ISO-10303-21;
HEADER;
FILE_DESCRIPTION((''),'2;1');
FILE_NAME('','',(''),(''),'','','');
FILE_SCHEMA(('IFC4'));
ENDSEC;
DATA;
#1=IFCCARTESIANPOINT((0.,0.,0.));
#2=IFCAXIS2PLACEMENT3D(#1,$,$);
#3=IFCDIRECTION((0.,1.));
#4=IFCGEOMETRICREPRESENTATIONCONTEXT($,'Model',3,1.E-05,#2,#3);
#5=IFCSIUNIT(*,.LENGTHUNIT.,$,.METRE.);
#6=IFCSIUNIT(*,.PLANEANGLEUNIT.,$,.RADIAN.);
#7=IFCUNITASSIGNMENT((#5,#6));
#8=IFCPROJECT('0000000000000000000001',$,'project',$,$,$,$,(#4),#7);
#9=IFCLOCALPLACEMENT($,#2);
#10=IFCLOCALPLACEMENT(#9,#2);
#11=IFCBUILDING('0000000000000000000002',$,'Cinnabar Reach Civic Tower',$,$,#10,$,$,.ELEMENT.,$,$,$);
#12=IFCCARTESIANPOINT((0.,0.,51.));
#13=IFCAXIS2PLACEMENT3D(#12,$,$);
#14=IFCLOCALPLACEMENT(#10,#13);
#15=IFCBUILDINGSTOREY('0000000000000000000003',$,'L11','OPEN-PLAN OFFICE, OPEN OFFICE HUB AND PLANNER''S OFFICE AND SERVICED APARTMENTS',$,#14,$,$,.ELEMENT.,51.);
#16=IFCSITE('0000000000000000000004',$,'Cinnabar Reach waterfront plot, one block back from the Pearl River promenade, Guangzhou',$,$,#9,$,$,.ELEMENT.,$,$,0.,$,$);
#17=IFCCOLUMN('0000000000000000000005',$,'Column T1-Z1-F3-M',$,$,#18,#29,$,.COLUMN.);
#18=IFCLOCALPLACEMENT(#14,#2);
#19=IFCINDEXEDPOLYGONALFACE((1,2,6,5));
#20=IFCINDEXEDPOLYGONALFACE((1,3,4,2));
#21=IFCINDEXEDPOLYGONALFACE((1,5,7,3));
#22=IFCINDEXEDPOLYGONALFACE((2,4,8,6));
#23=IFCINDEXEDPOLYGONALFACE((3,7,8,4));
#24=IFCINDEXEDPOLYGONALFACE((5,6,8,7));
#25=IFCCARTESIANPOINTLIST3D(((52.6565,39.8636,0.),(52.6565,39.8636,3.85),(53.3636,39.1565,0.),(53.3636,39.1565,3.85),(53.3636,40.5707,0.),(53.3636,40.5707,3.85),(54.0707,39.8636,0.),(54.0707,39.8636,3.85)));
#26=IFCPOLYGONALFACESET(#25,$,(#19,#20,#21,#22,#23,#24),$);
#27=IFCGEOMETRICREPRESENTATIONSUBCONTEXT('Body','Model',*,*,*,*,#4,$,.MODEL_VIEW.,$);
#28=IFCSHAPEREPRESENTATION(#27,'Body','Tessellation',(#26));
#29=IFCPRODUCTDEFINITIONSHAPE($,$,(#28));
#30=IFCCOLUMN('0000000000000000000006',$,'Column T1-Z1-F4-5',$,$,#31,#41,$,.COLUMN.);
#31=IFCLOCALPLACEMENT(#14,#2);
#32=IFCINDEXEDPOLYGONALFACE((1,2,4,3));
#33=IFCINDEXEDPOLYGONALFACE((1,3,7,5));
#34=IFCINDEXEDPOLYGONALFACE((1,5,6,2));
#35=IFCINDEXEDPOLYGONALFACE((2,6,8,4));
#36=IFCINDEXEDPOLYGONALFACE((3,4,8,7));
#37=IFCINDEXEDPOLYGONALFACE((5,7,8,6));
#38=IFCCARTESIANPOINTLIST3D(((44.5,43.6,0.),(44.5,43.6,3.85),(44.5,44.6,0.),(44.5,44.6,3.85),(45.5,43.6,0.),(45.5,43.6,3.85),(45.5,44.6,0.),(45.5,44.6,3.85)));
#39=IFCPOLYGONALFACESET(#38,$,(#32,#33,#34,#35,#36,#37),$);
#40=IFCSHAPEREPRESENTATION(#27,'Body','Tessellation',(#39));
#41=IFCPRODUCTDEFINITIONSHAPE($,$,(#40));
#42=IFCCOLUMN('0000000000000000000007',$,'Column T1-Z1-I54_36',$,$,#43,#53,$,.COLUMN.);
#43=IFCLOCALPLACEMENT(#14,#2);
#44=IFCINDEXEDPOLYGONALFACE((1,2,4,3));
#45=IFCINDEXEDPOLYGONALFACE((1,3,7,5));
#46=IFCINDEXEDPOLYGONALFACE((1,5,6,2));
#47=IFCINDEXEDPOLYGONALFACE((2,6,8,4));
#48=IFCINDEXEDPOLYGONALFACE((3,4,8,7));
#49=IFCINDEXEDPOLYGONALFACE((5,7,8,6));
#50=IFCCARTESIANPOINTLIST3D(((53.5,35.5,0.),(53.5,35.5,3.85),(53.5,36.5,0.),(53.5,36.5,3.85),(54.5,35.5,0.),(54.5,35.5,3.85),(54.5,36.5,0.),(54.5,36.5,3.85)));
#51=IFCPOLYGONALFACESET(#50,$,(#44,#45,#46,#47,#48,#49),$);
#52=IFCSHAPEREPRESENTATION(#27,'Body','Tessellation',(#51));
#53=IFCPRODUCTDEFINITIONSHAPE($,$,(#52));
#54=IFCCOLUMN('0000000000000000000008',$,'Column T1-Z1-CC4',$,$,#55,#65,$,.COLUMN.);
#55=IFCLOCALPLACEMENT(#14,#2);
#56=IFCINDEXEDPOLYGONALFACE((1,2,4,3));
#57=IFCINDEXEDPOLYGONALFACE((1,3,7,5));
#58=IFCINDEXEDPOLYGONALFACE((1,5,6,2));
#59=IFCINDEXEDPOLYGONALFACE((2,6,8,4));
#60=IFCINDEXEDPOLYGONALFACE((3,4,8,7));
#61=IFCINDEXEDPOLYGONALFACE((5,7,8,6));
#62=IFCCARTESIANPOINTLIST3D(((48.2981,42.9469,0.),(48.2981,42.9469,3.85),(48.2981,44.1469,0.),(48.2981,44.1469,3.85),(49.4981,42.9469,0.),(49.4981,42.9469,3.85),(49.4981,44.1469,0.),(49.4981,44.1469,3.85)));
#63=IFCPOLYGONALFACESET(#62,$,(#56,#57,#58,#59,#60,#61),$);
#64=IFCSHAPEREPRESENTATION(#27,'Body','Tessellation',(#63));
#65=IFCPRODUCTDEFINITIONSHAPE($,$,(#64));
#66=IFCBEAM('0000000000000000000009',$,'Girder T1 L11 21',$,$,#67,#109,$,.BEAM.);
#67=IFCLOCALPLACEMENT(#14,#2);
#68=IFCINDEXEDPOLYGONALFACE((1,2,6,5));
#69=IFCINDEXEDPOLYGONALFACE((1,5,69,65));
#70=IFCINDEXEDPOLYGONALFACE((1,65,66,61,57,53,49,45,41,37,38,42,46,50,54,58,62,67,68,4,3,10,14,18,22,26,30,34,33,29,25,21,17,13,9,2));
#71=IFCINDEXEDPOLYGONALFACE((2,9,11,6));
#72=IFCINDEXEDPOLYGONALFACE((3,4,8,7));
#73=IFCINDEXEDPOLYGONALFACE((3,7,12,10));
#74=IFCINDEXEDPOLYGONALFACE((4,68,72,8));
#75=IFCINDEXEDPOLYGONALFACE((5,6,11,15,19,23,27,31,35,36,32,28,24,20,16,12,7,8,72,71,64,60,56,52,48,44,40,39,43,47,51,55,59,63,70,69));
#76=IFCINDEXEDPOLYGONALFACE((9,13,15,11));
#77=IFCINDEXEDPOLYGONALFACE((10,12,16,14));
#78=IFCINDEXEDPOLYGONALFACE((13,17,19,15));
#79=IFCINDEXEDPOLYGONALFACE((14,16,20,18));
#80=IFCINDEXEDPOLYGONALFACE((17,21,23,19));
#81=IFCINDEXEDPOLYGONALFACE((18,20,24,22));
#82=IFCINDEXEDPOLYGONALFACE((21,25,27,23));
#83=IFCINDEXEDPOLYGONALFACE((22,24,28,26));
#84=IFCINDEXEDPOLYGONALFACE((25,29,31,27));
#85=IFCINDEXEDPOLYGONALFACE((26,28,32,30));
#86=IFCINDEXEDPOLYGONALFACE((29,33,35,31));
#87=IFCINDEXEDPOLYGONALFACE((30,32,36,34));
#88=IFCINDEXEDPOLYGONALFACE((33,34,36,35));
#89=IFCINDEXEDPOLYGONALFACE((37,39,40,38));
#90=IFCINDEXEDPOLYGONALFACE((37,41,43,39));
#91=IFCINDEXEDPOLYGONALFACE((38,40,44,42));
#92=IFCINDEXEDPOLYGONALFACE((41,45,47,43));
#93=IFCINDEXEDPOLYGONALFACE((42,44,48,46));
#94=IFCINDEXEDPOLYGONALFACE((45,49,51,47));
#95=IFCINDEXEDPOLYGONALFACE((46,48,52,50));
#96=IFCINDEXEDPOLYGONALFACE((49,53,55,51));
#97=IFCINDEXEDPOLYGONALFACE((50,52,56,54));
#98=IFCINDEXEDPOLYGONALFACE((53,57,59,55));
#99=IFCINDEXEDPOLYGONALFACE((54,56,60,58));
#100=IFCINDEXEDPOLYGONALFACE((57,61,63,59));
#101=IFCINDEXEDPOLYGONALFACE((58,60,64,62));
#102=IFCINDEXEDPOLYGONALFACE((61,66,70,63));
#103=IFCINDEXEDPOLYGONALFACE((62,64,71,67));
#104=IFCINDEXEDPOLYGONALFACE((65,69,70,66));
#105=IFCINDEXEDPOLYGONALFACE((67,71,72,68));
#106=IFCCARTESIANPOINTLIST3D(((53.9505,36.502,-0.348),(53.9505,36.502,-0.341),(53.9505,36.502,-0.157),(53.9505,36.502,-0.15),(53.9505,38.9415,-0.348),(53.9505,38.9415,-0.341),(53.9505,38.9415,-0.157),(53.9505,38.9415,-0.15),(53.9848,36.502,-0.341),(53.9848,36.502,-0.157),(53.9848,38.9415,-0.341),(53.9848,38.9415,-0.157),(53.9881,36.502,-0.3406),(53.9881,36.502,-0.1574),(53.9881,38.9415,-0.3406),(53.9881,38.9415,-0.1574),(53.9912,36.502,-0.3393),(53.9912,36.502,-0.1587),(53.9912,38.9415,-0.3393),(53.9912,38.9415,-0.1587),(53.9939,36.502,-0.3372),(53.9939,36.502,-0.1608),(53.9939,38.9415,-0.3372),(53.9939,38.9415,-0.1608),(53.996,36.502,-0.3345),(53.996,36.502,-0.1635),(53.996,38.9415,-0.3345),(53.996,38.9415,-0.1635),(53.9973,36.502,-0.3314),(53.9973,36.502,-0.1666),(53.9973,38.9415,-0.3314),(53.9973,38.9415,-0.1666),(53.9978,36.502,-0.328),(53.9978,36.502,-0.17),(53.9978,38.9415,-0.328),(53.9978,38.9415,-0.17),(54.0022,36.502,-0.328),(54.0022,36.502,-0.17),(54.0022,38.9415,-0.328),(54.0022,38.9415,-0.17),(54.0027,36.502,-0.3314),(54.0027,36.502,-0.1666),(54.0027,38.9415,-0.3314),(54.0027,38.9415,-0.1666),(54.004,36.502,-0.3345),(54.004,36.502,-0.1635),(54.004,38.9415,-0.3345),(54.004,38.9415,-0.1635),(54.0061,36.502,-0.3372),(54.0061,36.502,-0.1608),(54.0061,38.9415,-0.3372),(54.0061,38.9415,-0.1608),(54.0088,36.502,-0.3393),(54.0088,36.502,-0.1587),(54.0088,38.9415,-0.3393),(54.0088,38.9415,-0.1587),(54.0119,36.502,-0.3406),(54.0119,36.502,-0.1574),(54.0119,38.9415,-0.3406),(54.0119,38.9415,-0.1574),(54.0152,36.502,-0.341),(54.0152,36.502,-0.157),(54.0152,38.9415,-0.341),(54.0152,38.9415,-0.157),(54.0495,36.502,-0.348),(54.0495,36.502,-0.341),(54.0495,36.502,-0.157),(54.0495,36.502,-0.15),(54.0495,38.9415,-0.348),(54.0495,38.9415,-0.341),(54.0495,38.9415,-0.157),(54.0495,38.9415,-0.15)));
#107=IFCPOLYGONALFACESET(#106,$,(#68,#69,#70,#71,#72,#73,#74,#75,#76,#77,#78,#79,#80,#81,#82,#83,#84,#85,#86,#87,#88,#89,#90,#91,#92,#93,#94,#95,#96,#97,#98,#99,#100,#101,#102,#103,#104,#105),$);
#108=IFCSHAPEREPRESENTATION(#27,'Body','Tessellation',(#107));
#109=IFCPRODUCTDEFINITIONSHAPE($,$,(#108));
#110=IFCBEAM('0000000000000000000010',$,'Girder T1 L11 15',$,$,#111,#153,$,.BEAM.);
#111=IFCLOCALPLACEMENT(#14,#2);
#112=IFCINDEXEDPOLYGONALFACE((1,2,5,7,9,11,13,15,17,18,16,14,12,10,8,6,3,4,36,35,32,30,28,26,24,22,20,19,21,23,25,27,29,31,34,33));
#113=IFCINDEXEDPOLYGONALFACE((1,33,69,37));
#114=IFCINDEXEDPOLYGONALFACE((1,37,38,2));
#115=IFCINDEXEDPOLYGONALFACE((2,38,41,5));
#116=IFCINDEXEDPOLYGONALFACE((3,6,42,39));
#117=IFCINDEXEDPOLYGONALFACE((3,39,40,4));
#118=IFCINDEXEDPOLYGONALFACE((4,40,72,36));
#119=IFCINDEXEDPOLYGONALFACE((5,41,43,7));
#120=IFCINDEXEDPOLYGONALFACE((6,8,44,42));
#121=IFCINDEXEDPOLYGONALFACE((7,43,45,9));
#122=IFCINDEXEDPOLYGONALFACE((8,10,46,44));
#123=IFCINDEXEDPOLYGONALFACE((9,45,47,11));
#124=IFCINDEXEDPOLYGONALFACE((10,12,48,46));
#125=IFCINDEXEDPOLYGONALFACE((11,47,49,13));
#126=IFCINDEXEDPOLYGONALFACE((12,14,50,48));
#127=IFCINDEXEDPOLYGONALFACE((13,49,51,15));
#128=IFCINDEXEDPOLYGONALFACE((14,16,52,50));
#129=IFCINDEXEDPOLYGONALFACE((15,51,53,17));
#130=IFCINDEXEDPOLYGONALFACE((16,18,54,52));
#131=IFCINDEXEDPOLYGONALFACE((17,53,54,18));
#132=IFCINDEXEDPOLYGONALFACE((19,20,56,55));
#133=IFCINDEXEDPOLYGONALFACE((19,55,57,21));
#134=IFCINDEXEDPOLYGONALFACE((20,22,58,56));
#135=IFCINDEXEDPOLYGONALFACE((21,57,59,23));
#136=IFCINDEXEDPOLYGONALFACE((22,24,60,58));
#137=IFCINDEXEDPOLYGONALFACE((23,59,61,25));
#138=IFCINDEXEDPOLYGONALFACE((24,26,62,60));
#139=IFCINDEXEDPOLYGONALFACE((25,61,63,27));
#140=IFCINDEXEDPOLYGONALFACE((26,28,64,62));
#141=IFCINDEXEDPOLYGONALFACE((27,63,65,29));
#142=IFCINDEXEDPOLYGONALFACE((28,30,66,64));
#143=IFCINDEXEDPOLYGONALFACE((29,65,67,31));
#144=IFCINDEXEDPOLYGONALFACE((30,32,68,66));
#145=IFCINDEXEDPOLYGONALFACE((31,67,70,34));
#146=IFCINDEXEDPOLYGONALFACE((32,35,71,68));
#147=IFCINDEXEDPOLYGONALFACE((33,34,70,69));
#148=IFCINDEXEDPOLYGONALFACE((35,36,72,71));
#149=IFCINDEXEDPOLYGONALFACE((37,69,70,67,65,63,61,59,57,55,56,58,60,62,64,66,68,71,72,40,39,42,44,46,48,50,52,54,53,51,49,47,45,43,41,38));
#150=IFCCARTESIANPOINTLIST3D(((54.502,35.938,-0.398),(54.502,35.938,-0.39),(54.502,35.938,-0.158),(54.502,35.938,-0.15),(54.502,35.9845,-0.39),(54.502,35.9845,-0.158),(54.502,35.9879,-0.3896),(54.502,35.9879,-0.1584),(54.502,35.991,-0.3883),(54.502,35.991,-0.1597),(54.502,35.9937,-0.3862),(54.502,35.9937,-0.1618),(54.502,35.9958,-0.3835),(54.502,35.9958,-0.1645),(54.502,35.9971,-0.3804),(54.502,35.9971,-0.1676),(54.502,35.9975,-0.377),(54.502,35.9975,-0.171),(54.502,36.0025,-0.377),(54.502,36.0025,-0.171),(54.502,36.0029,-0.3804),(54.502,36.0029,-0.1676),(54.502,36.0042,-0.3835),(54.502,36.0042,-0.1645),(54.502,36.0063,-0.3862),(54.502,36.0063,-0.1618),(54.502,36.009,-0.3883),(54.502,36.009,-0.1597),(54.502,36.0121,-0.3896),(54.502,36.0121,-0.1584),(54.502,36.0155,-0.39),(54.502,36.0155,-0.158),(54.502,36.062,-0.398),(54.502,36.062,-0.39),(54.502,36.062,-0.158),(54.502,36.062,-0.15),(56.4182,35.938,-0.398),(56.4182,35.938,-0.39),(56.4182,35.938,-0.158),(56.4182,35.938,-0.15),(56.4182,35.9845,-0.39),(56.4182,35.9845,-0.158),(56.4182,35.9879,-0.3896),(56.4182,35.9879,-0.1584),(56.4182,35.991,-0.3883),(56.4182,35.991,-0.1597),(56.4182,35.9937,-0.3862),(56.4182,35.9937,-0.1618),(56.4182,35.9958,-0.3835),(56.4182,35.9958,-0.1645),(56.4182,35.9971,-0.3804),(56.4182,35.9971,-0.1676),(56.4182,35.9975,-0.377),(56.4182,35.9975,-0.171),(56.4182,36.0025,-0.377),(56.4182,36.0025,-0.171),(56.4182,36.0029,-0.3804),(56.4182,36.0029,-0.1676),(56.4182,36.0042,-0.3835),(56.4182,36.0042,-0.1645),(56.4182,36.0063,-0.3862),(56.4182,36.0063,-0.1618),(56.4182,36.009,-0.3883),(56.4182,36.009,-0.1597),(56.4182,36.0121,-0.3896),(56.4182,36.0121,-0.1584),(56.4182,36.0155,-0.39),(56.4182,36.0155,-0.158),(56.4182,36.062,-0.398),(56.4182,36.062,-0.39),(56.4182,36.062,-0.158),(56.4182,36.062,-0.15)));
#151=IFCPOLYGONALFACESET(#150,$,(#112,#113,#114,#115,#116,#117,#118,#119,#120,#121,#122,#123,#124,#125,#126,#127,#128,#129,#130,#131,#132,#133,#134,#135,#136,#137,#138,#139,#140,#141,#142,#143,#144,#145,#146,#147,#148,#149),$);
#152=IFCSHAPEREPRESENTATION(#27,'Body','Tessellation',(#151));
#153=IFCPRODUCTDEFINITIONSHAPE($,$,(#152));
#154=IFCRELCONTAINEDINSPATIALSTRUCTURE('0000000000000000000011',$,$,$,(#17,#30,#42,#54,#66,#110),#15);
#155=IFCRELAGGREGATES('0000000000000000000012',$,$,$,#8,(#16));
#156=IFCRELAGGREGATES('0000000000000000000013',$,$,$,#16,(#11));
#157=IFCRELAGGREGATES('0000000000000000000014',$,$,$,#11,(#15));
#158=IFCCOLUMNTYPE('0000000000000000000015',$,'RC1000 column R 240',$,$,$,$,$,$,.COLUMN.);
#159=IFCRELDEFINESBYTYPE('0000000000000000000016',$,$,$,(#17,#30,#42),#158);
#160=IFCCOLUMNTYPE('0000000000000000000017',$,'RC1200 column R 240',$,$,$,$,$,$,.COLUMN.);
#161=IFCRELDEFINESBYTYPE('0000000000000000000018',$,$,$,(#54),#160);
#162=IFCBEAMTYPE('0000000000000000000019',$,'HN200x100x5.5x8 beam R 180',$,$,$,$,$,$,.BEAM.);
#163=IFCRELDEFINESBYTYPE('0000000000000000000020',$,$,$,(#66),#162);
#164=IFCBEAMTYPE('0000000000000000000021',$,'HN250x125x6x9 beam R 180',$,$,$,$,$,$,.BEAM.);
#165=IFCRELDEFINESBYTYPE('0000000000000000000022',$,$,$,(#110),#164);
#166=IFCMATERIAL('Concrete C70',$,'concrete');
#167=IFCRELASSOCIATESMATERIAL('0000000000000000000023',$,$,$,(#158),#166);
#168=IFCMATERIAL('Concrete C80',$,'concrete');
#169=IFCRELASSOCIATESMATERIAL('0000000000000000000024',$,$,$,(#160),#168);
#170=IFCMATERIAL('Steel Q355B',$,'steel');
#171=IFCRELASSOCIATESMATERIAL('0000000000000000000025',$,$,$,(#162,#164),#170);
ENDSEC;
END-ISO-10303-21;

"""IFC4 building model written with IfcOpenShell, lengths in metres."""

from ifc_helpers import new_model, si_unit, direction, frame, origin, origin_2d, place, context, subcontext, project, spatial, rectangle, i_section, extrude, material, material_profile, profile_set, type_object, element, save


model = new_model("IFC4")

# Units and contexts
model_context = context("Model", 3, precision=1e-05, world=origin(), true_north=direction((0.0, 1.0)))
body_context = subcontext(model_context, "Body", "Model", "MODEL_VIEW")
ifc_project = project(units=[si_unit("LENGTHUNIT", "METRE"), si_unit("PLANEANGLEUNIT", "RADIAN")], contexts=[model_context])

# Site, building, storey
site_placement = place(None, origin())
site = spatial("IfcSite", under=ifc_project, at=site_placement, Name="Cinnabar Reach waterfront plot, one block back from the Pearl River promenade, Guangzhou", CompositionType="ELEMENT", RefElevation=0.0)
building_placement = place(site_placement, origin())
building = spatial("IfcBuilding", under=site, at=building_placement, Name="Cinnabar Reach Civic Tower", CompositionType="ELEMENT")
storey_placement = place(building_placement, frame((0.0, 0.0, 51.0)))
storey = spatial("IfcBuildingStorey", under=building, at=storey_placement, Name="L11", Description="OPEN-PLAN OFFICE, OPEN OFFICE HUB AND PLANNER'S OFFICE AND SERVICED APARTMENTS", CompositionType="ELEMENT", Elevation=51.0)

# Columns
ifc_material_1 = material(Name="Concrete C70", Category="concrete")
ifc_material_profile_1 = material_profile(ifc_material_1, rectangle(XDim=1.0, YDim=1.0, at=origin_2d()), Name="RC1000")
ifc_profile_set_1 = profile_set([ifc_material_profile_1], Name="Concrete C70")
column_type_1 = type_object("IfcColumnType", Name="RC1000 column R 240", PredefinedType="COLUMN", material=ifc_profile_set_1)
for number, where, z_axis, x_axis, name in (
    (1, (53.3636, 39.8636, 0.0), (0.0, 0.0, 1.0), (0.707107, 0.707107, 0.0), "Column T1-Z1-F3-M"),
    (2, (45.0, 44.1, 0.0), (0.0, 0.0, 1.0), (1.0, 0.0, 0.0), "Column T1-Z1-F4-5"),
    (3, (54.0, 36.0, 0.0), (0.0, 0.0, 1.0), (1.0, 0.0, 0.0), "Column T1-Z1-I54_36"),
):
    element("IfcColumn", number, at=place(storey_placement, frame(where, z_axis=z_axis, x_axis=x_axis)), inside=storey, type_object=column_type_1, Name=name, PredefinedType="COLUMN", context=body_context, shape_type="SweptSolid", body=[
        extrude(rectangle(XDim=1.0, YDim=1.0, at=origin_2d()), origin(), (0.0, 0.0, 1.0), 3.85),
    ])
ifc_material_2 = material(Name="Concrete C80", Category="concrete")
ifc_material_profile_2 = material_profile(ifc_material_2, rectangle(XDim=1.2, YDim=1.2, at=origin_2d()), Name="RC1200")
ifc_profile_set_2 = profile_set([ifc_material_profile_2], Name="Concrete C80")
column_type_2 = type_object("IfcColumnType", Name="RC1200 column R 240", PredefinedType="COLUMN", material=ifc_profile_set_2)
column_placement = place(storey_placement, frame((48.8981, 43.5469, 0.0), z_axis=(0.0, 0.0, 1.0), x_axis=(1.0, 0.0, 0.0)))
element("IfcColumn", 4, at=column_placement, inside=storey, type_object=column_type_2, Name="Column T1-Z1-CC4", PredefinedType="COLUMN", context=body_context, shape_type="SweptSolid", body=[
    extrude(rectangle(XDim=1.2, YDim=1.2, at=origin_2d()), origin(), (0.0, 0.0, 1.0), 3.85),
])

# Beams
ifc_material_3 = material(Name="Steel Q355B", Category="steel")
ifc_material_profile_3 = material_profile(ifc_material_3, i_section(OverallWidth=0.099, OverallDepth=0.198, WebThickness=0.0045, FlangeThickness=0.007, FilletRadius=0.013, at=origin_2d()), Name="HN200x100x5.5x8")
ifc_profile_set_3 = profile_set([ifc_material_profile_3], Name="Steel Q355B")
beam_type_1 = type_object("IfcBeamType", Name="HN200x100x5.5x8 beam R 180", PredefinedType="BEAM", material=ifc_profile_set_3)
beam_1_placement = place(storey_placement, frame((54.0, 36.502, -0.249), z_axis=(0.0, 1.0, 0.0), x_axis=(-1.0, 0.0, 0.0)))
element("IfcBeam", 5, at=beam_1_placement, inside=storey, type_object=beam_type_1, Name="Girder T1 L11 21", PredefinedType="BEAM", context=body_context, shape_type="SweptSolid", body=[
    extrude(i_section(OverallWidth=0.099, OverallDepth=0.198, WebThickness=0.0045, FlangeThickness=0.007, FilletRadius=0.013, at=origin_2d()), origin(), (0.0, 0.0, 1.0), 2.4395),
])
ifc_material_profile_4 = material_profile(ifc_material_3, i_section(OverallWidth=0.124, OverallDepth=0.248, WebThickness=0.005, FlangeThickness=0.008, FilletRadius=0.013, at=origin_2d()), Name="HN250x125x6x9")
ifc_profile_set_4 = profile_set([ifc_material_profile_4], Name="Steel Q355B")
beam_type_2 = type_object("IfcBeamType", Name="HN250x125x6x9 beam R 180", PredefinedType="BEAM", material=ifc_profile_set_4)
beam_2_placement = place(storey_placement, frame((54.502, 36.0, -0.274), z_axis=(1.0, 0.0, 0.0), x_axis=(0.0, 1.0, 0.0)))
element("IfcBeam", 6, at=beam_2_placement, inside=storey, type_object=beam_type_2, Name="Girder T1 L11 15", PredefinedType="BEAM", context=body_context, shape_type="SweptSolid", body=[
    extrude(i_section(OverallWidth=0.124, OverallDepth=0.248, WebThickness=0.005, FlangeThickness=0.008, FilletRadius=0.013, at=origin_2d()), origin(), (0.0, 0.0, 1.0), 1.9162),
])

save(model, "model.ifc")
